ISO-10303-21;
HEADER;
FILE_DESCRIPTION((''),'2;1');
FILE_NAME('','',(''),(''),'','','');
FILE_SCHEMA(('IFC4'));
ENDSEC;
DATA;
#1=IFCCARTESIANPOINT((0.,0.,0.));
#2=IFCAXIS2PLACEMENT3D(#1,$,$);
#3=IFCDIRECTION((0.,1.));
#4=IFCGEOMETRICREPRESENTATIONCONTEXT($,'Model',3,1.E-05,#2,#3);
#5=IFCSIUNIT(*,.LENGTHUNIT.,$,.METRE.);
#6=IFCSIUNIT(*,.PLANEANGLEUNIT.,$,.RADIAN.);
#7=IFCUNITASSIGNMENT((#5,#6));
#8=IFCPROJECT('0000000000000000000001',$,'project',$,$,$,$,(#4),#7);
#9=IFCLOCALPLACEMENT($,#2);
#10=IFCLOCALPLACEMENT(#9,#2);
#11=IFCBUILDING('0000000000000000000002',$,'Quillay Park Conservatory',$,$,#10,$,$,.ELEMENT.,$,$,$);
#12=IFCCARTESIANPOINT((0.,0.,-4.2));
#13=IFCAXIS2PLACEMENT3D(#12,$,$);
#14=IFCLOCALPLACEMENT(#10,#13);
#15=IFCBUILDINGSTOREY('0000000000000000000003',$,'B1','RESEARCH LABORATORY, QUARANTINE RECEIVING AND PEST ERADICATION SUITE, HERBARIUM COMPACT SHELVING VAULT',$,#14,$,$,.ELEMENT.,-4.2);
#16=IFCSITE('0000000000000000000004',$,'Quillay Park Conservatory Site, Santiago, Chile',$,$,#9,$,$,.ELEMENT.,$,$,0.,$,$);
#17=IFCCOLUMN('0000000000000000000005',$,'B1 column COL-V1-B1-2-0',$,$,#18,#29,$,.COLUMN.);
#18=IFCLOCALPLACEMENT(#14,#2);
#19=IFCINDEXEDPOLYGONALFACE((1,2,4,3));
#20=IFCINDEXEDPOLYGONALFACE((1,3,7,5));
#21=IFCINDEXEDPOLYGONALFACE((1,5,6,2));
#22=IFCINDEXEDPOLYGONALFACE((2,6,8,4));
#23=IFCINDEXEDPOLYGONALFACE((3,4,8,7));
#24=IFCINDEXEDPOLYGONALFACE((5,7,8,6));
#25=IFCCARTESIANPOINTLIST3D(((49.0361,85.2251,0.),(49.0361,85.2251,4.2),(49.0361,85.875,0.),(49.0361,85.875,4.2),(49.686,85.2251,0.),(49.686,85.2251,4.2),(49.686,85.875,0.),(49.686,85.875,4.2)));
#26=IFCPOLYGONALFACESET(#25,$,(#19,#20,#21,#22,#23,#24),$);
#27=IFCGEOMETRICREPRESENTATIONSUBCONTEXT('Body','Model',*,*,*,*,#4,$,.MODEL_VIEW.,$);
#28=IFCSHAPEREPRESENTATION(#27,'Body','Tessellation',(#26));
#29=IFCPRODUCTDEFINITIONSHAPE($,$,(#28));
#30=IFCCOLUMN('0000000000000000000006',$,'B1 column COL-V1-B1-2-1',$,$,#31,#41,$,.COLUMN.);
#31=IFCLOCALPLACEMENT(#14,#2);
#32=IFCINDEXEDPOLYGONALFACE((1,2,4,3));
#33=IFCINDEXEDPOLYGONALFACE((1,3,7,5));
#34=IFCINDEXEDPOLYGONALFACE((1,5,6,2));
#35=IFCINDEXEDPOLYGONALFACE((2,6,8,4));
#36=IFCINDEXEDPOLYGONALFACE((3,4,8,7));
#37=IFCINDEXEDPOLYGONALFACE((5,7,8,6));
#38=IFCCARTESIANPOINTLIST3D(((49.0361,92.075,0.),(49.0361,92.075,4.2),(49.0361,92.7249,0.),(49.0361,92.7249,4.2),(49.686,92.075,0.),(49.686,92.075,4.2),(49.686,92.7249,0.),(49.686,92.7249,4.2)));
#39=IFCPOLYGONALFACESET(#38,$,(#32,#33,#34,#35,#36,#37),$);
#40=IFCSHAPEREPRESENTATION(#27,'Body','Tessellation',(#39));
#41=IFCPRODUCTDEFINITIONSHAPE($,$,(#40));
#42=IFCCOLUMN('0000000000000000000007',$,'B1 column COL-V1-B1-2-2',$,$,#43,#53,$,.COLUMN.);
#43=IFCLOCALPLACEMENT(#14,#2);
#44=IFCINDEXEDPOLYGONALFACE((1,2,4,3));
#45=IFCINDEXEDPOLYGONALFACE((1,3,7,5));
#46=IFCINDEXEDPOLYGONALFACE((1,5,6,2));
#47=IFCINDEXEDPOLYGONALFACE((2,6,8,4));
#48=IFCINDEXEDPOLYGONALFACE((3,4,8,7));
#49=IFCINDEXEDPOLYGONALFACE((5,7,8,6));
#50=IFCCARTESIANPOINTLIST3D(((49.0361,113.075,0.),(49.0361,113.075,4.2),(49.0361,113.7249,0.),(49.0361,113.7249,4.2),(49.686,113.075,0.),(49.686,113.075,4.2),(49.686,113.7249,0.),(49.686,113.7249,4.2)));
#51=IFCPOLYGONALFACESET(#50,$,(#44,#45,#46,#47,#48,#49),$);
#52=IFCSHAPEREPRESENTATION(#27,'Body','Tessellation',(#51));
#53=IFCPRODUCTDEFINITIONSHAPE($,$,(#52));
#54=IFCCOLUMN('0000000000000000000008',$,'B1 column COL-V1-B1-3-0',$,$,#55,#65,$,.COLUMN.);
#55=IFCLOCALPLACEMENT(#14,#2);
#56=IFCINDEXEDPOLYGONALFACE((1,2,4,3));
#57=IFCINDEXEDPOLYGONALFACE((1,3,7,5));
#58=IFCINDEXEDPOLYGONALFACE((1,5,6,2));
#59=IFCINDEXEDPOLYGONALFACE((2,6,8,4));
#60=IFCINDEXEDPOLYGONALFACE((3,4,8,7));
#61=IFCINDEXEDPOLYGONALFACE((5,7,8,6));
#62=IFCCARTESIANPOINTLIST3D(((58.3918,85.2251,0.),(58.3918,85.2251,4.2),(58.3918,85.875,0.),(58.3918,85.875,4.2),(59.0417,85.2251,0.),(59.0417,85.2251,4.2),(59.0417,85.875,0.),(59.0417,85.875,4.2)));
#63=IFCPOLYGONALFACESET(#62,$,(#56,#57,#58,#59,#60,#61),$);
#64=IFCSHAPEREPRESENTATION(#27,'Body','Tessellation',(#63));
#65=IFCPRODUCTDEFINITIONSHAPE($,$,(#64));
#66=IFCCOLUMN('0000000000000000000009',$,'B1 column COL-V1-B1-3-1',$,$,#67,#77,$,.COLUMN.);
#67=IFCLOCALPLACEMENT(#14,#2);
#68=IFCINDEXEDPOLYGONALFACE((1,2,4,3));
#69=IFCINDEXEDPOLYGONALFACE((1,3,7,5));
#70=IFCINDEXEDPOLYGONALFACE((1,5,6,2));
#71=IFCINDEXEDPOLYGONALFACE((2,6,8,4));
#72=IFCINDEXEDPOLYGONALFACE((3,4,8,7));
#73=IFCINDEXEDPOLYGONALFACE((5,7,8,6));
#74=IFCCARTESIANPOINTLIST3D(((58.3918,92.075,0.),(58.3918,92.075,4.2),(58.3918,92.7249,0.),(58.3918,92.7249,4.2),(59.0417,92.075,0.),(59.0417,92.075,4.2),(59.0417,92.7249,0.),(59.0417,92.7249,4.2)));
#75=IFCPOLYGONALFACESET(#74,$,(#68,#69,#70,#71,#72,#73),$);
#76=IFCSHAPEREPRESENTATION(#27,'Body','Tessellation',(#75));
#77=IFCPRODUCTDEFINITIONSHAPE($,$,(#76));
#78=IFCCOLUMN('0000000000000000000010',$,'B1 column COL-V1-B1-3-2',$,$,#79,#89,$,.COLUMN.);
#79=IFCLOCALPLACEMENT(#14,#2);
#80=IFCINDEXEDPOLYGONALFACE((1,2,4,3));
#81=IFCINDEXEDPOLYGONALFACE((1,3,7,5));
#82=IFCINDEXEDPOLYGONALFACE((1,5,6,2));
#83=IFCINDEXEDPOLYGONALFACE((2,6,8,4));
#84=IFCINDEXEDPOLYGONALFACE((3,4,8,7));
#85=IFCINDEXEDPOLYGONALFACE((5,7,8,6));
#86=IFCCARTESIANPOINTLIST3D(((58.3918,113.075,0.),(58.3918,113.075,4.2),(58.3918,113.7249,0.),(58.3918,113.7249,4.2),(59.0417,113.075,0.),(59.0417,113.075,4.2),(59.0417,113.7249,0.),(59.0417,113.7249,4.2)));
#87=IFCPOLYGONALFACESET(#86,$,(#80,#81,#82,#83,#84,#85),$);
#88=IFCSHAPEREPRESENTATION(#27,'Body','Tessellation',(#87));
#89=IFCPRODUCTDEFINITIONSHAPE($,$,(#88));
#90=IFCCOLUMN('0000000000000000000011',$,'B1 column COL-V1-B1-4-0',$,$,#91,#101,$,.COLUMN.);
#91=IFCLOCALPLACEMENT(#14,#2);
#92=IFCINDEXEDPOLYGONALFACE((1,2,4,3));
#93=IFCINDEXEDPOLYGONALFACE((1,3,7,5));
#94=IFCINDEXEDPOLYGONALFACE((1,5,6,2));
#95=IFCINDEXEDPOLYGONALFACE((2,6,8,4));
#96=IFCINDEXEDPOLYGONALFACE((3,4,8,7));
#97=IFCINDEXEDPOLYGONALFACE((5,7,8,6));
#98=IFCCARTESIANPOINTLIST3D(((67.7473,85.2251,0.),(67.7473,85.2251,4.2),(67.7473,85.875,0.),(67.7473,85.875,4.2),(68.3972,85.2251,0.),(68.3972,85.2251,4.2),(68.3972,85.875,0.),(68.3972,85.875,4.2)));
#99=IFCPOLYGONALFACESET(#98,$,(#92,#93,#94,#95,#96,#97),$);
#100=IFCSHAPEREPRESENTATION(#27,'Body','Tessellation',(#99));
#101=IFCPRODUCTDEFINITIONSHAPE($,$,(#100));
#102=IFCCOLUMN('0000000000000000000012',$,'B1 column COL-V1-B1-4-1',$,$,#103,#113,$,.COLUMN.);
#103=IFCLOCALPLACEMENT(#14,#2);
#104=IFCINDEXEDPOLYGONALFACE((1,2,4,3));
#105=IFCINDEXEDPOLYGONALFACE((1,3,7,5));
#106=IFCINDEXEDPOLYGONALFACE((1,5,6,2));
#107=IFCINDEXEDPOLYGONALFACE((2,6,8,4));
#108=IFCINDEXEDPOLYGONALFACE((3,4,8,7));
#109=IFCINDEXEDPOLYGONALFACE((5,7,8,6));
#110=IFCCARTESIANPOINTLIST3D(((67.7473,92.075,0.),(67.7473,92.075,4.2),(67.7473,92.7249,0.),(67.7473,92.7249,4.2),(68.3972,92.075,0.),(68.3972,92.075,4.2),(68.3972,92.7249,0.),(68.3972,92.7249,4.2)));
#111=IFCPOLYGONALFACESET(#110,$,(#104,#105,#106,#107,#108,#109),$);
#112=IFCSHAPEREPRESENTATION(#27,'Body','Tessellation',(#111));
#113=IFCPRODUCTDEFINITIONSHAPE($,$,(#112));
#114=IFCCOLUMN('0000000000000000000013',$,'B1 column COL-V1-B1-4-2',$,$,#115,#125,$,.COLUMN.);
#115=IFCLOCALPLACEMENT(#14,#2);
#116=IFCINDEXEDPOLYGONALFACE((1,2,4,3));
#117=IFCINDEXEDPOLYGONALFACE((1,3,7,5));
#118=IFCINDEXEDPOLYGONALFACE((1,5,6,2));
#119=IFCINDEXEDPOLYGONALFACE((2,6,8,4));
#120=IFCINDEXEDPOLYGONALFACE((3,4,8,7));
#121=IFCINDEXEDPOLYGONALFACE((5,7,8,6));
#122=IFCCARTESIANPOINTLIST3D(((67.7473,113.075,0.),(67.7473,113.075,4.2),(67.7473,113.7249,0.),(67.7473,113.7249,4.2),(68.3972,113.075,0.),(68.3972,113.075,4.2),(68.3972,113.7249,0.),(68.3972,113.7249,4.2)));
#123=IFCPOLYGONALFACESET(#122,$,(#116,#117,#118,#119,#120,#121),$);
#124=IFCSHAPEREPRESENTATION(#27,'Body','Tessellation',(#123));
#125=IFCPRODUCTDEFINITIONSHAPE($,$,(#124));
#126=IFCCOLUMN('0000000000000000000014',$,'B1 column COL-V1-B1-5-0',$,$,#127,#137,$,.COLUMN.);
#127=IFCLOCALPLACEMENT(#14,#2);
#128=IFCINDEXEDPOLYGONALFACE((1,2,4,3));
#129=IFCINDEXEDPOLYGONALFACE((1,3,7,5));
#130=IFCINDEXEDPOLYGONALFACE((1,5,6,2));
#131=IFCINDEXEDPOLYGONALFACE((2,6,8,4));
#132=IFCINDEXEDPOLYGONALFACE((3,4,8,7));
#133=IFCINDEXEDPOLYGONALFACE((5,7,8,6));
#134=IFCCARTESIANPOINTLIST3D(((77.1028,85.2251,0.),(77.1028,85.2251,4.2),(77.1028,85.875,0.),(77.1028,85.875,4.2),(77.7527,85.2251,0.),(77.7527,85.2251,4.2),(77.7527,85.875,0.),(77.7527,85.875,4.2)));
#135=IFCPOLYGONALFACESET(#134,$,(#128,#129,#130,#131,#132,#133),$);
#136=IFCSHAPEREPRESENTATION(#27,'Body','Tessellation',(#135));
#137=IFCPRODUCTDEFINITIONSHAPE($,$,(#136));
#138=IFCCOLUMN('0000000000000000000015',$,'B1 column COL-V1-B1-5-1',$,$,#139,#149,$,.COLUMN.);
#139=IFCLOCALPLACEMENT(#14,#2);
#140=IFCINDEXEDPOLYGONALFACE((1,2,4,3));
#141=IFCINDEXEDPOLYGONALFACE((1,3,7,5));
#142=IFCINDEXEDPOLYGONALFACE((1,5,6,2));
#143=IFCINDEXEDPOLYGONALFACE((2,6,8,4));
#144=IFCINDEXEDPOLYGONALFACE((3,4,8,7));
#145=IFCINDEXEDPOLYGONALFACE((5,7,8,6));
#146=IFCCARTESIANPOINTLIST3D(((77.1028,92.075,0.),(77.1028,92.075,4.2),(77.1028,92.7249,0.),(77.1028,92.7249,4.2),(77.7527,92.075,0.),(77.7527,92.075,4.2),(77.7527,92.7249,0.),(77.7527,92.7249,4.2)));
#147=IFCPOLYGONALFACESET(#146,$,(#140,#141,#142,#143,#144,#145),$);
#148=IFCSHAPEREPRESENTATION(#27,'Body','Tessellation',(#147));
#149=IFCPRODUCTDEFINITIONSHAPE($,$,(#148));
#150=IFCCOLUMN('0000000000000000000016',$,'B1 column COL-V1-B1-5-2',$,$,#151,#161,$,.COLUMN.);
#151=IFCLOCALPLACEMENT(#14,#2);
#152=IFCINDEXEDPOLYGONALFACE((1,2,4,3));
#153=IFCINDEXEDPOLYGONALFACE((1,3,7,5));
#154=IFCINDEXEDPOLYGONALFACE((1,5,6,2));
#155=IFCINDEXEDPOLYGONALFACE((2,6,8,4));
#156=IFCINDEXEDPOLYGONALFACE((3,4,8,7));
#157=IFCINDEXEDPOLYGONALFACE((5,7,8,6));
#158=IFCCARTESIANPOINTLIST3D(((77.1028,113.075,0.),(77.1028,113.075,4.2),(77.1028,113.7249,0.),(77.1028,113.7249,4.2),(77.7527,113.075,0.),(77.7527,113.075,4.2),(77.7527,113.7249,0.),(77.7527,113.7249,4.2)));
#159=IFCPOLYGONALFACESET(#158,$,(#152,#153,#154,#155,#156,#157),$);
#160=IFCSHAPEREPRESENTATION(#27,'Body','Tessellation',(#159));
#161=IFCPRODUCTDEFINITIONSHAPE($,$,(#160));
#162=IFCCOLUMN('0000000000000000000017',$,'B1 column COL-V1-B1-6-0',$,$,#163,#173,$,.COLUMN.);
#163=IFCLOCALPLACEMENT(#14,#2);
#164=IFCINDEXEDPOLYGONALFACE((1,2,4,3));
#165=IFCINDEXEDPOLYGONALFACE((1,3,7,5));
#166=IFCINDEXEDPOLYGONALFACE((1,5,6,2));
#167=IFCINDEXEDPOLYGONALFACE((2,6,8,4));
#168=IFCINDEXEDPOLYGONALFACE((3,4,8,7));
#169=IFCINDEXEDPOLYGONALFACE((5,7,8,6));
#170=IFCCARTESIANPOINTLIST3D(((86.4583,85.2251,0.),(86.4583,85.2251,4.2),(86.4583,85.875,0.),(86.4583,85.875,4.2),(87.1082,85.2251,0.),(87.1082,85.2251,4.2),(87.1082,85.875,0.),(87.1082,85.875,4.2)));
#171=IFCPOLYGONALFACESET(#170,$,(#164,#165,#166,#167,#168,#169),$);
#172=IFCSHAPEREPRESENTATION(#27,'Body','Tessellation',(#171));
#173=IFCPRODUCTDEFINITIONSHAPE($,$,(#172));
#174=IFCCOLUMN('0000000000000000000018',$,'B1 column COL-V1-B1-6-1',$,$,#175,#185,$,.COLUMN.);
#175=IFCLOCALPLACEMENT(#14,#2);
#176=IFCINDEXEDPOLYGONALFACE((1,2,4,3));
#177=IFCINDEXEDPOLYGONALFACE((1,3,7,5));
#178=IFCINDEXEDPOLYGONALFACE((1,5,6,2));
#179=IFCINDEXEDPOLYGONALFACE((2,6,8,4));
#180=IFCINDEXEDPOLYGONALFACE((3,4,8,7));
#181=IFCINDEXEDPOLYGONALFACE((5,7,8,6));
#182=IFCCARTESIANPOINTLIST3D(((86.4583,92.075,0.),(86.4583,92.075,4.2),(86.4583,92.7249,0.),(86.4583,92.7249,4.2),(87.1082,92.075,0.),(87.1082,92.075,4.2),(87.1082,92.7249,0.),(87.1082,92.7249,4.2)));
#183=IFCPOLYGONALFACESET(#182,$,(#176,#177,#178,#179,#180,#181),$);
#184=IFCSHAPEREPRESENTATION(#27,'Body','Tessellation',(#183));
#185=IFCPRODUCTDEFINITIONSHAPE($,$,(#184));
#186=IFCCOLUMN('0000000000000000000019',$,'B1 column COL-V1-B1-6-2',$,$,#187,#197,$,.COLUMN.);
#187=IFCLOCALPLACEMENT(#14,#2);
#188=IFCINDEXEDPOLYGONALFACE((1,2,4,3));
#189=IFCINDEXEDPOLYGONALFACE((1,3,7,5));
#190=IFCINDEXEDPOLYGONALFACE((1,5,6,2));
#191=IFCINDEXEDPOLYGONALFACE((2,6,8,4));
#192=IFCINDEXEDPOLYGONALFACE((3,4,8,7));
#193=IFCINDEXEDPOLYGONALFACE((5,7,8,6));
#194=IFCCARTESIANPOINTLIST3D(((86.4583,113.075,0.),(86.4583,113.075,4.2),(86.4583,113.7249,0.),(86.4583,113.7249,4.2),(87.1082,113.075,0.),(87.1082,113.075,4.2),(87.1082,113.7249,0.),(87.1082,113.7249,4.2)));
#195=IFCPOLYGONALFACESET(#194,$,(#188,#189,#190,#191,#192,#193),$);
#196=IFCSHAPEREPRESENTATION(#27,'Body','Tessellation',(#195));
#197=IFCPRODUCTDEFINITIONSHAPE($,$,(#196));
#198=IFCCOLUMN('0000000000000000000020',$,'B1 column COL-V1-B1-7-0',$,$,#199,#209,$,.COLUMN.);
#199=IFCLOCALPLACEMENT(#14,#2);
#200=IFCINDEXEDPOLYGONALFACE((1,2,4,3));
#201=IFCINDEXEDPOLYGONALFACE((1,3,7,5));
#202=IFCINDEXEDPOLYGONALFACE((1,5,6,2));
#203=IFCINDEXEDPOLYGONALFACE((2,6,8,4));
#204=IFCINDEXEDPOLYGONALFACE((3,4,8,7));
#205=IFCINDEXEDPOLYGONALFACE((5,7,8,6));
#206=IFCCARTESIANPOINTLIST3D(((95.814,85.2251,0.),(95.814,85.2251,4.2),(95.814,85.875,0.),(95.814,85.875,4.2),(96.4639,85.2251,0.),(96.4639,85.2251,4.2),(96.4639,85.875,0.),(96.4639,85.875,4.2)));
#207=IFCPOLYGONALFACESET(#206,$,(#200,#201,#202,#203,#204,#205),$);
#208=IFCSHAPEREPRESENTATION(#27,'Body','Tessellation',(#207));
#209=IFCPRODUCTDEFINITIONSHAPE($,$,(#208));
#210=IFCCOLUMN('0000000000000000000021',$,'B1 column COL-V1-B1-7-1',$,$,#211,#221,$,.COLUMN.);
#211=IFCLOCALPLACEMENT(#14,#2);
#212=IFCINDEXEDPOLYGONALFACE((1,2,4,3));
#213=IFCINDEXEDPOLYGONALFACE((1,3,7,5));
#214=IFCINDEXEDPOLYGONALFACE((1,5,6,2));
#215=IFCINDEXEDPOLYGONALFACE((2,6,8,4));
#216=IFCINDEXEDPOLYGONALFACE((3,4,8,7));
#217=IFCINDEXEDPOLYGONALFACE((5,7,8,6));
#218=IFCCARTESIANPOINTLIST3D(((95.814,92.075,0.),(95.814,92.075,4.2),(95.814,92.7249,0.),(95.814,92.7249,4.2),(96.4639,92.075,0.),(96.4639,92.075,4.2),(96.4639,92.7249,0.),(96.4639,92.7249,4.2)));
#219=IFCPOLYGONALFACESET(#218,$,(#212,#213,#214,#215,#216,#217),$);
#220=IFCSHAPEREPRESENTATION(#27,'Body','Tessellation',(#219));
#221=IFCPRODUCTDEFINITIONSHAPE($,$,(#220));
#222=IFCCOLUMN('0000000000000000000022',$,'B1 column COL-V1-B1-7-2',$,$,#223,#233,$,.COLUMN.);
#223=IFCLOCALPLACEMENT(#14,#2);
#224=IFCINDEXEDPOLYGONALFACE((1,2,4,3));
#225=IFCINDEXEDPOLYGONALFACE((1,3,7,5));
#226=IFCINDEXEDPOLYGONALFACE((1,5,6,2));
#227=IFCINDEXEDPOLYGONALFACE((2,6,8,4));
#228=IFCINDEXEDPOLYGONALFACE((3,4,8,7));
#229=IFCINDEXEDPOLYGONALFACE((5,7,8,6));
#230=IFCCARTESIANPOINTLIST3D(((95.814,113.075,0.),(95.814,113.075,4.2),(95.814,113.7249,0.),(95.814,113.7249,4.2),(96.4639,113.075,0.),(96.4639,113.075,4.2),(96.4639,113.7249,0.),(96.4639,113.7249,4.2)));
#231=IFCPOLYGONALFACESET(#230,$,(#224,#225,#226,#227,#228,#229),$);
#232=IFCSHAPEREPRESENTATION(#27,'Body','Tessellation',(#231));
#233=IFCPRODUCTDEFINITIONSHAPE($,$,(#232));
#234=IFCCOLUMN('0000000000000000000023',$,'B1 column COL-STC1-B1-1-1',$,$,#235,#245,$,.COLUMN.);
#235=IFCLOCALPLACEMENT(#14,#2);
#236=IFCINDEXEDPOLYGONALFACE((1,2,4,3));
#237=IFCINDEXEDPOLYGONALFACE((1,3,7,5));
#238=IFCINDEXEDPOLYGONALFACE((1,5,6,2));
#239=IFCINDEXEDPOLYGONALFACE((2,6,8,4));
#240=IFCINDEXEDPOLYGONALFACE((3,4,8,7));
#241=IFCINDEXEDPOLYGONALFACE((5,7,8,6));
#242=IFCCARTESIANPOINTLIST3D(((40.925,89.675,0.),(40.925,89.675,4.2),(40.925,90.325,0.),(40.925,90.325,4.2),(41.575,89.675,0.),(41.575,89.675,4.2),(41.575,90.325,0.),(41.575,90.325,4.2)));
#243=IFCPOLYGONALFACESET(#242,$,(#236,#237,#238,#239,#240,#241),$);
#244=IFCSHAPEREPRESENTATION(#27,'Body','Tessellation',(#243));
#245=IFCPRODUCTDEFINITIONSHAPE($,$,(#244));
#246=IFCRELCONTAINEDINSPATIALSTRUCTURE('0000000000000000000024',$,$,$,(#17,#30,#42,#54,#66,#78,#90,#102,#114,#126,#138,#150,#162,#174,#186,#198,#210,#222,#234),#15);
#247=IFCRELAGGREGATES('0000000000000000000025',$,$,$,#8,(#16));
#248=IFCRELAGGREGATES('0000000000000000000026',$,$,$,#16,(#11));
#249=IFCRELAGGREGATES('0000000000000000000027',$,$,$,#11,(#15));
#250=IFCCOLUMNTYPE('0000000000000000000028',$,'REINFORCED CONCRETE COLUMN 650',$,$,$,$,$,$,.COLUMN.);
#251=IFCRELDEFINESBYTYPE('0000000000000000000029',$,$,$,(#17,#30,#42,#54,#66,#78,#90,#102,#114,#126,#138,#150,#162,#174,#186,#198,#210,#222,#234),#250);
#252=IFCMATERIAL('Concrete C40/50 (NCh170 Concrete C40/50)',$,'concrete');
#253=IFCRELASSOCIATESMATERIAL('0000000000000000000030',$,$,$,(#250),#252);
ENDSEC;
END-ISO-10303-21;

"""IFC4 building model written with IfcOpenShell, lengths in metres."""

from ifc_helpers import new_model, si_unit, direction, frame, origin, origin_2d, place, context, subcontext, project, spatial, rectangle, extrude, material, material_profile, profile_set, type_object, element, save


model = new_model("IFC4")

# Units and contexts
model_context = context("Model", 3, precision=1e-05, world=origin(), true_north=direction((0.0, 1.0)))
body_context = subcontext(model_context, "Body", "Model", "MODEL_VIEW")
ifc_project = project(units=[si_unit("LENGTHUNIT", "METRE"), si_unit("PLANEANGLEUNIT", "RADIAN")], contexts=[model_context])

# Site, building, storey
site_placement = place(None, origin())
site = spatial("IfcSite", under=ifc_project, at=site_placement, Name="Quillay Park Conservatory Site, Santiago, Chile", CompositionType="ELEMENT", RefElevation=0.0)
building_placement = place(site_placement, origin())
building = spatial("IfcBuilding", under=site, at=building_placement, Name="Quillay Park Conservatory", CompositionType="ELEMENT")
storey_placement = place(building_placement, frame((0.0, 0.0, -4.2)))
storey = spatial("IfcBuildingStorey", under=building, at=storey_placement, Name="B1", Description="RESEARCH LABORATORY, QUARANTINE RECEIVING AND PEST ERADICATION SUITE, HERBARIUM COMPACT SHELVING VAULT", CompositionType="ELEMENT", Elevation=-4.2)

# Columns
ifc_material_1 = material(Name="Concrete C40/50 (NCh170 Concrete C40/50)", Category="concrete")
ifc_material_profile_1 = material_profile(ifc_material_1, rectangle(XDim=0.6499, YDim=0.6499, at=origin_2d()), Name="RC650x650")
ifc_profile_set_1 = profile_set([ifc_material_profile_1], Name="Concrete C40/50 (NCh170 Concrete C40/50)")
column_type = type_object("IfcColumnType", Name="REINFORCED CONCRETE COLUMN 650", PredefinedType="COLUMN", material=ifc_profile_set_1)
for number, where, z_axis, x_axis, name in (
    (1, (49.3611, 85.55, 0.0), (0.0, 0.0, 1.0), (1.0, 0.0, 0.0), "B1 column COL-V1-B1-2-0"),
    (2, (49.3611, 92.3999, 0.0), (0.0, 0.0, 1.0), (1.0, 0.0, 0.0), "B1 column COL-V1-B1-2-1"),
    (3, (49.3611, 113.3999, 0.0), (0.0, 0.0, 1.0), (1.0, 0.0, 0.0), "B1 column COL-V1-B1-2-2"),
    (4, (58.7168, 85.55, 0.0), (0.0, 0.0, 1.0), (1.0, 0.0, 0.0), "B1 column COL-V1-B1-3-0"),
    (5, (58.7168, 92.3999, 0.0), (0.0, 0.0, 1.0), (1.0, 0.0, 0.0), "B1 column COL-V1-B1-3-1"),
    (6, (58.7168, 113.3999, 0.0), (0.0, 0.0, 1.0), (1.0, 0.0, 0.0), "B1 column COL-V1-B1-3-2"),
    (7, (68.0723, 85.55, 0.0), (0.0, 0.0, 1.0), (1.0, 0.0, 0.0), "B1 column COL-V1-B1-4-0"),
    (8, (68.0723, 92.3999, 0.0), (0.0, 0.0, 1.0), (1.0, 0.0, 0.0), "B1 column COL-V1-B1-4-1"),
    (9, (68.0723, 113.3999, 0.0), (0.0, 0.0, 1.0), (1.0, 0.0, 0.0), "B1 column COL-V1-B1-4-2"),
    (10, (77.4277, 85.55, 0.0), (0.0, 0.0, 1.0), (1.0, 0.0, 0.0), "B1 column COL-V1-B1-5-0"),
    (11, (77.4277, 92.3999, 0.0), (0.0, 0.0, 1.0), (1.0, 0.0, 0.0), "B1 column COL-V1-B1-5-1"),
    (12, (77.4277, 113.3999, 0.0), (0.0, 0.0, 1.0), (1.0, 0.0, 0.0), "B1 column COL-V1-B1-5-2"),
    (13, (86.7832, 85.55, 0.0), (0.0, 0.0, 1.0), (1.0, 0.0, 0.0), "B1 column COL-V1-B1-6-0"),
    (14, (86.7832, 92.3999, 0.0), (0.0, 0.0, 1.0), (1.0, 0.0, 0.0), "B1 column COL-V1-B1-6-1"),
    (15, (86.7832, 113.3999, 0.0), (0.0, 0.0, 1.0), (1.0, 0.0, 0.0), "B1 column COL-V1-B1-6-2"),
    (16, (96.1389, 85.55, 0.0), (0.0, 0.0, 1.0), (1.0, 0.0, 0.0), "B1 column COL-V1-B1-7-0"),
    (17, (96.1389, 92.3999, 0.0), (0.0, 0.0, 1.0), (1.0, 0.0, 0.0), "B1 column COL-V1-B1-7-1"),
    (18, (96.1389, 113.3999, 0.0), (0.0, 0.0, 1.0), (1.0, 0.0, 0.0), "B1 column COL-V1-B1-7-2"),
    (19, (41.25, 90.0, 0.0), (0.0, 0.0, 1.0), (1.0, 0.0, 0.0), "B1 column COL-STC1-B1-1-1"),
):
    element("IfcColumn", number, at=place(storey_placement, frame(where, z_axis=z_axis, x_axis=x_axis)), inside=storey, type_object=column_type, Name=name, PredefinedType="COLUMN", context=body_context, shape_type="SweptSolid", body=[
        extrude(rectangle(XDim=0.6499, YDim=0.6499, at=origin_2d()), origin(), (0.0, 0.0, 1.0), 4.2),
    ])

save(model, "model.ifc")
